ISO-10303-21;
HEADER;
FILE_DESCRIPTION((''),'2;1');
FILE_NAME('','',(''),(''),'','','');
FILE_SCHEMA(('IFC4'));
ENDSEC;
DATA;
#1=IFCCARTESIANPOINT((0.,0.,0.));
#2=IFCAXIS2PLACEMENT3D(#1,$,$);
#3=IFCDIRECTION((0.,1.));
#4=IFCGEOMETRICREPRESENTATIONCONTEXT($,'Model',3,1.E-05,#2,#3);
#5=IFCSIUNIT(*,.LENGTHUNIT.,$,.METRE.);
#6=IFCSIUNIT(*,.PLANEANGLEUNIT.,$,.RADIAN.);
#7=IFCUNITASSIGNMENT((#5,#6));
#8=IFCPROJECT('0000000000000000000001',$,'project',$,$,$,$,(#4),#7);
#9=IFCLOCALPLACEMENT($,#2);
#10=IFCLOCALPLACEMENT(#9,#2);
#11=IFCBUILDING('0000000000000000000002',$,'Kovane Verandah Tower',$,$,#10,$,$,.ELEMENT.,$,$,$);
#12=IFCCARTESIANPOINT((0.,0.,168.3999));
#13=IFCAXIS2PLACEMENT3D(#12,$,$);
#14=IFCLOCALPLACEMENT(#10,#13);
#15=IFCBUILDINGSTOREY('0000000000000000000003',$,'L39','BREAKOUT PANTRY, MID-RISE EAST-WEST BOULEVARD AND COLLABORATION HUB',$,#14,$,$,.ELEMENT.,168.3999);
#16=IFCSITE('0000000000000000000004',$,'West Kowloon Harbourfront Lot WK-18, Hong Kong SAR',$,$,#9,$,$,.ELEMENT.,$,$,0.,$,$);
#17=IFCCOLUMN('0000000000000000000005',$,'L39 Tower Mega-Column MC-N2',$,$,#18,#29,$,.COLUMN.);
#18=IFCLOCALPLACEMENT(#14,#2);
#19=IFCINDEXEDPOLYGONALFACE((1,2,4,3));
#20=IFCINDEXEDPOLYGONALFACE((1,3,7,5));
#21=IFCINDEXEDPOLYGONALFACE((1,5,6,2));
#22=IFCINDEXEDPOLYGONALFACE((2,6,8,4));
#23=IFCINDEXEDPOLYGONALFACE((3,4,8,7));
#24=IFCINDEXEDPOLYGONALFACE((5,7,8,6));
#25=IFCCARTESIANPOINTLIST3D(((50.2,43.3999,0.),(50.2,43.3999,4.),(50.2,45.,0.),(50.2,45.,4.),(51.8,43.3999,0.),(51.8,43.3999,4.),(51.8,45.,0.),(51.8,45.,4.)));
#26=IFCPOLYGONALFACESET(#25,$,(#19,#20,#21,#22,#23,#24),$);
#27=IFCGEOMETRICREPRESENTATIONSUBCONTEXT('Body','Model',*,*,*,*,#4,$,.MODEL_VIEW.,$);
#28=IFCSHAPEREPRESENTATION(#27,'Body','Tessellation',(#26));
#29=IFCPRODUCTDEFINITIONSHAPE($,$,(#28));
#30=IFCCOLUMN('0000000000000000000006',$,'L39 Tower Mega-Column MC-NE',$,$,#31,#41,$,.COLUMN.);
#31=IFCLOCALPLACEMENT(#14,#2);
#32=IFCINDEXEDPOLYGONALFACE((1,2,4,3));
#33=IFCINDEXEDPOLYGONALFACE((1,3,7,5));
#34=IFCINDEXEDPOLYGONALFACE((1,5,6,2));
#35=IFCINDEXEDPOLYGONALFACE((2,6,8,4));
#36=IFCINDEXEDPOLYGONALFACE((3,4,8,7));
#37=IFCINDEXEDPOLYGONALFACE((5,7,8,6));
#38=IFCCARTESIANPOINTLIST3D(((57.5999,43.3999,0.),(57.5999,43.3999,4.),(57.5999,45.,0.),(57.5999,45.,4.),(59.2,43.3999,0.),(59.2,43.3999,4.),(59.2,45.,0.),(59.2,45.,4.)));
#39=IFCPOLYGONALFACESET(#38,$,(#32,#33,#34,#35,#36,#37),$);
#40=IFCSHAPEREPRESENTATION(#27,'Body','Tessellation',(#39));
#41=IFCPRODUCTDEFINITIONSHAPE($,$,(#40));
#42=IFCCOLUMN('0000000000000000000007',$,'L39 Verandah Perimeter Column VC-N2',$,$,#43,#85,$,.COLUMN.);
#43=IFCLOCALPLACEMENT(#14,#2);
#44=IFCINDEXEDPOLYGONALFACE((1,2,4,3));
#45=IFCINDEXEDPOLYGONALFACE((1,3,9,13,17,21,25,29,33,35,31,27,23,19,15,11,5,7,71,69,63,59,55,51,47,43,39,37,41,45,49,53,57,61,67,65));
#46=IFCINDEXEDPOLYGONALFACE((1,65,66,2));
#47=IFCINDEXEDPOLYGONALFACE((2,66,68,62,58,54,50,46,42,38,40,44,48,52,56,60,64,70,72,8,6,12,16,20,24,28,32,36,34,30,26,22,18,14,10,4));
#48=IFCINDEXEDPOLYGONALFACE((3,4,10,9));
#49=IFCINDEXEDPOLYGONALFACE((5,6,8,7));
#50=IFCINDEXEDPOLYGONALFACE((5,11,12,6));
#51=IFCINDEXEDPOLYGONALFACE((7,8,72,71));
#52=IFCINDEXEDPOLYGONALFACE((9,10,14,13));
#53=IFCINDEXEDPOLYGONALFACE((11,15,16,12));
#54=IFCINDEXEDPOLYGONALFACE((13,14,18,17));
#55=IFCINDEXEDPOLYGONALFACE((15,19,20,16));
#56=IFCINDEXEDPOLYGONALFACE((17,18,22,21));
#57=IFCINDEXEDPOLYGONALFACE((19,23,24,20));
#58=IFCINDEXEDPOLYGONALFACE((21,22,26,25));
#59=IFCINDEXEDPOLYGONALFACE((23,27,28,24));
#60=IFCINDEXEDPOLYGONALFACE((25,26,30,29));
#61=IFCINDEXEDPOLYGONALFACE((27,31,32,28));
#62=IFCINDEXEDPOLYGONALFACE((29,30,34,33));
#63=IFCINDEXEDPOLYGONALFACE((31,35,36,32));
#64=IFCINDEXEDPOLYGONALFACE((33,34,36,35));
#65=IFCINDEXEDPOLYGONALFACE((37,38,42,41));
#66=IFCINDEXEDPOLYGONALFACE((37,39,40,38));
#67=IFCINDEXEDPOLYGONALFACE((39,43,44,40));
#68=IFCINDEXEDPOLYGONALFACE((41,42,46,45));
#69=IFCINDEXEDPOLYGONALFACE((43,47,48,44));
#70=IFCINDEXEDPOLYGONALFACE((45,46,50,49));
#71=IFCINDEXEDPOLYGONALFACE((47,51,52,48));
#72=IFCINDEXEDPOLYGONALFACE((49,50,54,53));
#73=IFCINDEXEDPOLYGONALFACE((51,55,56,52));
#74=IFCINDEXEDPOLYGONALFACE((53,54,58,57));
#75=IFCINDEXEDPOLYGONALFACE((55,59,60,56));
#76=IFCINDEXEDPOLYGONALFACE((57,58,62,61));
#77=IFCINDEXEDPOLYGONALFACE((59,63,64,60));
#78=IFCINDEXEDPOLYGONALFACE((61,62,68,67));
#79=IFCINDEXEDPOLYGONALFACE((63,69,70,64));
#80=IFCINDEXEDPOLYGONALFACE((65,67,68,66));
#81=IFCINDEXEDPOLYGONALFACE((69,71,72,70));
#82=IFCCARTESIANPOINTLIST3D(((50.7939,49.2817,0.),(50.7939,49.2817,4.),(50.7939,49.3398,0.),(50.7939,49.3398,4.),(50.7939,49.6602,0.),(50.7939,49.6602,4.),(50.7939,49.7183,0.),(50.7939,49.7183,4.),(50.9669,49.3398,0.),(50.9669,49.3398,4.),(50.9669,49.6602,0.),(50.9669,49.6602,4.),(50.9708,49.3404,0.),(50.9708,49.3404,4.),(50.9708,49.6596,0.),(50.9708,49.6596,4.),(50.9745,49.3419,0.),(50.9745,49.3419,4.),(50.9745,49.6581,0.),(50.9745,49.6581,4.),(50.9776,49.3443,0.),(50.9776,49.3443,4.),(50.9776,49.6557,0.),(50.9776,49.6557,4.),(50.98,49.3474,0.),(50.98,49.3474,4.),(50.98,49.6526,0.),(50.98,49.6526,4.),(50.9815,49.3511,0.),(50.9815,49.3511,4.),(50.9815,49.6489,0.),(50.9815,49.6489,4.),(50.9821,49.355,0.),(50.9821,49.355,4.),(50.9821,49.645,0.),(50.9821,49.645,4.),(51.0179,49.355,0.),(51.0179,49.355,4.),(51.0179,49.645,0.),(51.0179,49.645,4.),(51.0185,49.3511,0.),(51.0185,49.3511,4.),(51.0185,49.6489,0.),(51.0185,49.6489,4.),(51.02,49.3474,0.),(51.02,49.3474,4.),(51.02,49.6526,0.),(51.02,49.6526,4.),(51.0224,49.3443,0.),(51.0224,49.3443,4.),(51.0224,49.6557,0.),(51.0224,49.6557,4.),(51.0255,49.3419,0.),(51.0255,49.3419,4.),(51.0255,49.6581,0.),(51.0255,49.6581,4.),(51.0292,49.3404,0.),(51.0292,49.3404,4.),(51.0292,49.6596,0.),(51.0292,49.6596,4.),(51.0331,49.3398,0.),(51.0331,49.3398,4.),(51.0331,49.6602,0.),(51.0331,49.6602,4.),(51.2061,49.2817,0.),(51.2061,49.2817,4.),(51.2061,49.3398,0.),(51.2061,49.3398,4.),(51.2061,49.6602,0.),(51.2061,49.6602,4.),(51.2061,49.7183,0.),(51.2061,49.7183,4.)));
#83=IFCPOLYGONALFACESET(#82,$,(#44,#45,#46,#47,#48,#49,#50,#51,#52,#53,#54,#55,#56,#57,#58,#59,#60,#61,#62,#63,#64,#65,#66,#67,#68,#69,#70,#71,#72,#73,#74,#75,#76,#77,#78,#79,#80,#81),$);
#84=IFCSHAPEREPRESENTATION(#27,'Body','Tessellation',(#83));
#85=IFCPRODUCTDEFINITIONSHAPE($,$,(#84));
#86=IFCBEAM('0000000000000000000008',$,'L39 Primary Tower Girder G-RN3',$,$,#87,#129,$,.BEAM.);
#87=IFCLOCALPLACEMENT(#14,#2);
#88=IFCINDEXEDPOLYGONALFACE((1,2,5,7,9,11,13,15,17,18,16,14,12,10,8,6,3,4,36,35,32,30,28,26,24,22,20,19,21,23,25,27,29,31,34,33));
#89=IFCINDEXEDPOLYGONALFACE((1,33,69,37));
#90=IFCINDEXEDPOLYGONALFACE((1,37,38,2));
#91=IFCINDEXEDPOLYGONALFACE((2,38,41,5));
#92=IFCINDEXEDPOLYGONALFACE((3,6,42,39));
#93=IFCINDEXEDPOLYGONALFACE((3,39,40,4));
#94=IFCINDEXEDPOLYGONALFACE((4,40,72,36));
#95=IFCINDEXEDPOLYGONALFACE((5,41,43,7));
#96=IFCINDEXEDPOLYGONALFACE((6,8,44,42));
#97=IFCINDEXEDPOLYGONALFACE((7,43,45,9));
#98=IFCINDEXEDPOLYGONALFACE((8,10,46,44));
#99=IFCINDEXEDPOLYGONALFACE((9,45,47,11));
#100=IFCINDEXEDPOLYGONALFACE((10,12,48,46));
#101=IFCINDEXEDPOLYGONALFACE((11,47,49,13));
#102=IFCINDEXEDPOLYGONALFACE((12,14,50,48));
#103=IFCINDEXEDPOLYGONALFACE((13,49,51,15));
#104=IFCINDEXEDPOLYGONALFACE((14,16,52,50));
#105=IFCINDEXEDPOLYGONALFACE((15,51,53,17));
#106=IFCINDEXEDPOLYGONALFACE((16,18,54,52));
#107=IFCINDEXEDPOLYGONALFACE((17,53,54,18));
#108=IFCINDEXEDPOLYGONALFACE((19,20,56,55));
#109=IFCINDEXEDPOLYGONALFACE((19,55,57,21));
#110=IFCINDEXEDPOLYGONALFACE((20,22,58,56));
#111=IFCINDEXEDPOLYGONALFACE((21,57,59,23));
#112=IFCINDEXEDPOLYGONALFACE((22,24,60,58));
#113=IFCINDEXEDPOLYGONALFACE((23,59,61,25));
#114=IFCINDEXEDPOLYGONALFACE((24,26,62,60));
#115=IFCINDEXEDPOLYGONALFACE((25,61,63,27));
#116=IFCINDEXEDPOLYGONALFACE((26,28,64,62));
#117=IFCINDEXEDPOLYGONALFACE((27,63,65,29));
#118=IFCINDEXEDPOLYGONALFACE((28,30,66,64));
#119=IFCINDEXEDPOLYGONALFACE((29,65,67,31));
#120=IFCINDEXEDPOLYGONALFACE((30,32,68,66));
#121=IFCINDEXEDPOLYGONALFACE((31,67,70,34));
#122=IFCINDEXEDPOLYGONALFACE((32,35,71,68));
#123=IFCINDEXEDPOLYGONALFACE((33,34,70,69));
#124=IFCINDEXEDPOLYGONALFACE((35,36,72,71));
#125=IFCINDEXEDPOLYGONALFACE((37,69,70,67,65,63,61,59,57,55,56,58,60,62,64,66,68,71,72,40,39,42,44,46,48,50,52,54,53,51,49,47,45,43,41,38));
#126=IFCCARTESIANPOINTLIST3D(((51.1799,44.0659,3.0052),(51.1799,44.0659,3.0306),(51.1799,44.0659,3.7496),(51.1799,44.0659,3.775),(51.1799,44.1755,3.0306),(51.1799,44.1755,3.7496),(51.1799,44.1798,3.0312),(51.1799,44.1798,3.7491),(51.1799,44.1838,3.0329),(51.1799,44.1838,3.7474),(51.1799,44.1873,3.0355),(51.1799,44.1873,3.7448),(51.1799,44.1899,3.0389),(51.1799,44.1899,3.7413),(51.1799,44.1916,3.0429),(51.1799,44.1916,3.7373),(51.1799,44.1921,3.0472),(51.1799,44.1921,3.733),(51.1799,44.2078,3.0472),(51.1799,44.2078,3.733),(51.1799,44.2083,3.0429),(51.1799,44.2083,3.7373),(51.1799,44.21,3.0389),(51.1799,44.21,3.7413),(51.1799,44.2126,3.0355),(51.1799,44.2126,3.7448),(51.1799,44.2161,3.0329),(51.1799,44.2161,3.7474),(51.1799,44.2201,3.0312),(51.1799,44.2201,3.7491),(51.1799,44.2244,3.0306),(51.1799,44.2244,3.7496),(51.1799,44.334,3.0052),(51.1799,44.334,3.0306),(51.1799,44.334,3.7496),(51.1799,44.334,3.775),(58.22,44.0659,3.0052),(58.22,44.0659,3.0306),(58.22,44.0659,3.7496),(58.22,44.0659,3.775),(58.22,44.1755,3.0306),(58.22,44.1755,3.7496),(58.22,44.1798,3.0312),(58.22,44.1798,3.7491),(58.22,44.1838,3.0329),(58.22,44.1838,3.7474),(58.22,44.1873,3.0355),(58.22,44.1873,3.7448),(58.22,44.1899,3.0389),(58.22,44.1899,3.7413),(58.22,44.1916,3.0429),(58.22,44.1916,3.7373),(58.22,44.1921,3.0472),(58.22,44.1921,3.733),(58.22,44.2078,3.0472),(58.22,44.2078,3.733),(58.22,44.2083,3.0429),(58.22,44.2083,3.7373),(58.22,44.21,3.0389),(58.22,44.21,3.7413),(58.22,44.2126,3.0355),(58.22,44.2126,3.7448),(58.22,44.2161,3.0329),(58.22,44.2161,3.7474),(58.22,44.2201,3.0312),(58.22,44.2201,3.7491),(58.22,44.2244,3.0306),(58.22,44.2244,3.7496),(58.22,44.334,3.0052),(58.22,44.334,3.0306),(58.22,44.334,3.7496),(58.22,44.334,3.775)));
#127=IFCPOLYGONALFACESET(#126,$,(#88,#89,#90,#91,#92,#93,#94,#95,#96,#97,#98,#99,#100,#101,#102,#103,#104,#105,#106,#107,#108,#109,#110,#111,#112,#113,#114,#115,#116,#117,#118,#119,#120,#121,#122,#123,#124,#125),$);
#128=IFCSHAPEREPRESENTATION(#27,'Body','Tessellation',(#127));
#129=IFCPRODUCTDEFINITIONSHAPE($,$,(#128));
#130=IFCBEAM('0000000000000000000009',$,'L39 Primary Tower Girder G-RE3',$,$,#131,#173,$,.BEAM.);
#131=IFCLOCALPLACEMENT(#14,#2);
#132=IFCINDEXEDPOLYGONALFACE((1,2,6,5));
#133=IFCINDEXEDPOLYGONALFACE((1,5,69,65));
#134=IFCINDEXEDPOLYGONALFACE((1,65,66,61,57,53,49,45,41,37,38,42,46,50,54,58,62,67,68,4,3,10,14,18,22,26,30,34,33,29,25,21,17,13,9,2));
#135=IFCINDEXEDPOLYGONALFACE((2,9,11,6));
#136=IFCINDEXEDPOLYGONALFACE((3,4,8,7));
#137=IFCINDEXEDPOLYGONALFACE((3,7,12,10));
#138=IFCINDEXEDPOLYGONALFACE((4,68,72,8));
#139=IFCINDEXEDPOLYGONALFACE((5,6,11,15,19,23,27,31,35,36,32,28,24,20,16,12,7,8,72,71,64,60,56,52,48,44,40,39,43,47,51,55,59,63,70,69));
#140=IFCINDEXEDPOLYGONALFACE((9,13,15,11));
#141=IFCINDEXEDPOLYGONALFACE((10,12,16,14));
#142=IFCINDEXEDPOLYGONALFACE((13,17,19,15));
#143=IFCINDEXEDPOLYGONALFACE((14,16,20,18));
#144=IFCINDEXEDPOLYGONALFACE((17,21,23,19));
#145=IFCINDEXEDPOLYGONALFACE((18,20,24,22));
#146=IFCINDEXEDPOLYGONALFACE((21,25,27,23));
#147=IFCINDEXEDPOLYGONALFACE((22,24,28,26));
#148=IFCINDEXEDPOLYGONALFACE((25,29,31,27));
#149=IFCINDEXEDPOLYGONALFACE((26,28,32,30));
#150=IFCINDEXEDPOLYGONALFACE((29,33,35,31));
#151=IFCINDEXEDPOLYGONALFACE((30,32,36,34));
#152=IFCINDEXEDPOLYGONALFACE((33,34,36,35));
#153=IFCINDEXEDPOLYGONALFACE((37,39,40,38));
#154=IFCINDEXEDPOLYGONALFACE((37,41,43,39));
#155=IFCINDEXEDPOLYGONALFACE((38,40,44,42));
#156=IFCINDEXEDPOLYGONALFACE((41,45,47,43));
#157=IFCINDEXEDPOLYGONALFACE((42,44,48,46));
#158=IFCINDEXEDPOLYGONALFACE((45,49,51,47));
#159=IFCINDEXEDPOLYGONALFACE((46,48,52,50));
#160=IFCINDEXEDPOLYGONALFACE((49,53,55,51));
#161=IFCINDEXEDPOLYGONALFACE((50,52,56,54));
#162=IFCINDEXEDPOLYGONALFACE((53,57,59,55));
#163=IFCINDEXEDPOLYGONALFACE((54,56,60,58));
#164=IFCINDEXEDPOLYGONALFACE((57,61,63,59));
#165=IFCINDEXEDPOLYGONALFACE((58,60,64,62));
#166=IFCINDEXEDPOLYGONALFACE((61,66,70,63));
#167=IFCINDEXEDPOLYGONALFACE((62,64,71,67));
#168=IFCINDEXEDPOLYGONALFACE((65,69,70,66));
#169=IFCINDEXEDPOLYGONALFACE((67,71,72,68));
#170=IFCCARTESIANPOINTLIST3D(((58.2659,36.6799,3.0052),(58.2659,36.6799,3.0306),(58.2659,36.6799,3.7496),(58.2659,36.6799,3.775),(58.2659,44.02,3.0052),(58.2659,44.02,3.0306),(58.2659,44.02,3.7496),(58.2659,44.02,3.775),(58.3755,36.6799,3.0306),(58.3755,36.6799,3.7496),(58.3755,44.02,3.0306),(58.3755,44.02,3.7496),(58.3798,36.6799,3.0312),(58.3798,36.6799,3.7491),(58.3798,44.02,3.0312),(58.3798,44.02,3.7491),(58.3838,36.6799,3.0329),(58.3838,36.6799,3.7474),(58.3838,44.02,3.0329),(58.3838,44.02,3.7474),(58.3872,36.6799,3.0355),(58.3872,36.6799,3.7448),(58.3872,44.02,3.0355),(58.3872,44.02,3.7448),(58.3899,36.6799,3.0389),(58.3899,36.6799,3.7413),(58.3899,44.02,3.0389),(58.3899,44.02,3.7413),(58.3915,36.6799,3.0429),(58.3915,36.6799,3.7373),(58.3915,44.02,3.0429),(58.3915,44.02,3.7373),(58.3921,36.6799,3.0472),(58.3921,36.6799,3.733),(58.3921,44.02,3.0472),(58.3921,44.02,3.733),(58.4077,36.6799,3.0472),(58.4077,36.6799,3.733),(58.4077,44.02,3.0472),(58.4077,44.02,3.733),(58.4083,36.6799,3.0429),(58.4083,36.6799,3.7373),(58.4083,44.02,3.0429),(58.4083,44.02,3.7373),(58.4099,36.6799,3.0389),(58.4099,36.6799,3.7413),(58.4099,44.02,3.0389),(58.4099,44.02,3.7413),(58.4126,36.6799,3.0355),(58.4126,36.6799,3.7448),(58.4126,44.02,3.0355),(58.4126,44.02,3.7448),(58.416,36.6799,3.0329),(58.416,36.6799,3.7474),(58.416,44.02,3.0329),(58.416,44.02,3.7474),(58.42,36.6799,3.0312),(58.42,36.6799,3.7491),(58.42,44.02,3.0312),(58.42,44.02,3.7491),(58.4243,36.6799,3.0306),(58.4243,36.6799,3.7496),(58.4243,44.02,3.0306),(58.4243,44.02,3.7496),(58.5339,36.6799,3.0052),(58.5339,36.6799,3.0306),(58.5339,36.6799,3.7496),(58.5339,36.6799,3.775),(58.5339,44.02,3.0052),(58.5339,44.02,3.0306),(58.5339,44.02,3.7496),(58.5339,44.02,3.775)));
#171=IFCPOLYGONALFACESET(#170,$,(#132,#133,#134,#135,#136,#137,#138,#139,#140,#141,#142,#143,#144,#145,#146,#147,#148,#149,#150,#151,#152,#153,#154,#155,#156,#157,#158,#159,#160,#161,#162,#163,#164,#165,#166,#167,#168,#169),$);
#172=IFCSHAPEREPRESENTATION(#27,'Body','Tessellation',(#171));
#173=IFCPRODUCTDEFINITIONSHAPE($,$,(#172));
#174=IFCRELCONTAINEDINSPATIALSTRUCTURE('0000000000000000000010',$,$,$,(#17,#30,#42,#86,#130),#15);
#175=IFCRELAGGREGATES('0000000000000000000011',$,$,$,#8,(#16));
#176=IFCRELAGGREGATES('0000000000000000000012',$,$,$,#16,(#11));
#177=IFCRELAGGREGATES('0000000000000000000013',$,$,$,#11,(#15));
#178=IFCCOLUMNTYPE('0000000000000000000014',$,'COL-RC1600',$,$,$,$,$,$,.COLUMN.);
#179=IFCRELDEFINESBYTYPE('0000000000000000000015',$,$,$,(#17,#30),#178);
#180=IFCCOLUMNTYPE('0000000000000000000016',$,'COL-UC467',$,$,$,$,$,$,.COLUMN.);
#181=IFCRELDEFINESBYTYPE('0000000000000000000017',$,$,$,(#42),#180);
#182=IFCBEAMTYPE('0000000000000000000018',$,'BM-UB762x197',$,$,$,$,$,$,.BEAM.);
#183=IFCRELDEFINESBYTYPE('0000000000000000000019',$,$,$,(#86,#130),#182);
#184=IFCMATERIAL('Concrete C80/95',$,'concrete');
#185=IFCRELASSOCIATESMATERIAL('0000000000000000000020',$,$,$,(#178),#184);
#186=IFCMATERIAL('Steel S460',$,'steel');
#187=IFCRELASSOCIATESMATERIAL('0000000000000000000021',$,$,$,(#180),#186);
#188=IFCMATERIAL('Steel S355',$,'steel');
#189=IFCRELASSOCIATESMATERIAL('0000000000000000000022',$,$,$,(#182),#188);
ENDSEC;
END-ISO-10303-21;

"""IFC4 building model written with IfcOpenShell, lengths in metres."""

from ifc_helpers import new_model, si_unit, direction, frame, origin, origin_2d, place, context, subcontext, project, spatial, rectangle, i_section, extrude, material, material_profile, profile_set, type_object, element, save


model = new_model("IFC4")

# Units and contexts
model_context = context("Model", 3, precision=1e-05, world=origin(), true_north=direction((0.0, 1.0)))
body_context = subcontext(model_context, "Body", "Model", "MODEL_VIEW")
ifc_project = project(units=[si_unit("LENGTHUNIT", "METRE"), si_unit("PLANEANGLEUNIT", "RADIAN")], contexts=[model_context])

# Site, building, storey
site_placement = place(None, origin())
site = spatial("IfcSite", under=ifc_project, at=site_placement, Name="West Kowloon Harbourfront Lot WK-18, Hong Kong SAR", CompositionType="ELEMENT", RefElevation=0.0)
building_placement = place(site_placement, origin())
building = spatial("IfcBuilding", under=site, at=building_placement, Name="Kovane Verandah Tower", CompositionType="ELEMENT")
storey_placement = place(building_placement, frame((0.0, 0.0, 168.3999)))
storey = spatial("IfcBuildingStorey", under=building, at=storey_placement, Name="L39", Description="BREAKOUT PANTRY, MID-RISE EAST-WEST BOULEVARD AND COLLABORATION HUB", CompositionType="ELEMENT", Elevation=168.3999)

# Columns
ifc_material_1 = material(Name="Concrete C80/95", Category="concrete")
ifc_material_profile_1 = material_profile(ifc_material_1, rectangle(XDim=1.6001, YDim=1.6001, at=origin_2d()), Name="RC1600x1600")
ifc_profile_set_1 = profile_set([ifc_material_profile_1], Name="Concrete C80/95")
column_type_1 = type_object("IfcColumnType", Name="COL-RC1600", PredefinedType="COLUMN", material=ifc_profile_set_1)
for number, where, z_axis, x_axis, name in (
    (1, (51.0, 44.2, 0.0), (0.0, 0.0, 1.0), (1.0, 0.0, 0.0), "L39 Tower Mega-Column MC-N2"),
    (2, (58.3999, 44.2, 0.0), (0.0, 0.0, 1.0), (1.0, 0.0, 0.0), "L39 Tower Mega-Column MC-NE"),
):
    element("IfcColumn", number, at=place(storey_placement, frame(where, z_axis=z_axis, x_axis=x_axis)), inside=storey, type_object=column_type_1, Name=name, PredefinedType="COLUMN", context=body_context, shape_type="SweptSolid", body=[
        extrude(rectangle(XDim=1.6001, YDim=1.6001, at=origin_2d()), origin(), (0.0, 0.0, 1.0), 4.0),
    ])
ifc_material_2 = material(Name="Steel S460", Category="steel")
ifc_material_profile_2 = material_profile(ifc_material_2, i_section(OverallWidth=0.4121, OverallDepth=0.4365, WebThickness=0.0359, FlangeThickness=0.0581, FilletRadius=0.0151, at=origin_2d()), Name="UC356x406x467")
ifc_profile_set_2 = profile_set([ifc_material_profile_2], Name="Steel S460")
column_type_2 = type_object("IfcColumnType", Name="COL-UC467", PredefinedType="COLUMN", material=ifc_profile_set_2)
column_placement = place(storey_placement, frame((51.0, 49.5, 0.0), z_axis=(0.0, 0.0, 1.0), x_axis=(1.0, 0.0, 0.0)))
element("IfcColumn", 3, at=column_placement, inside=storey, type_object=column_type_2, Name="L39 Verandah Perimeter Column VC-N2", PredefinedType="COLUMN", context=body_context, shape_type="SweptSolid", body=[
    extrude(i_section(OverallWidth=0.4121, OverallDepth=0.4365, WebThickness=0.0359, FlangeThickness=0.0581, FilletRadius=0.0151, at=origin_2d()), origin(), (0.0, 0.0, 1.0), 4.0),
])

# Beams
ifc_material_3 = material(Name="Steel S355", Category="steel")
ifc_material_profile_3 = material_profile(ifc_material_3, i_section(OverallWidth=0.2681, OverallDepth=0.7698, WebThickness=0.0156, FlangeThickness=0.0254, FilletRadius=0.0166, at=origin_2d()), Name="UB762x267x197")
ifc_profile_set_3 = profile_set([ifc_material_profile_3], Name="Steel S355")
beam_type_1 = type_object("IfcBeamType", Name="BM-UB762x197", PredefinedType="BEAM", material=ifc_profile_set_3)
beam_1_placement = place(storey_placement, frame((51.1799, 44.2, 3.3901), z_axis=(1.0, 0.0, 0.0), x_axis=(0.0, 1.0, 0.0)))
element("IfcBeam", 4, at=beam_1_placement, inside=storey, type_object=beam_type_1, Name="L39 Primary Tower Girder G-RN3", PredefinedType="BEAM", context=body_context, shape_type="SweptSolid", body=[
    extrude(i_section(OverallWidth=0.2681, OverallDepth=0.7698, WebThickness=0.0156, FlangeThickness=0.0254, FilletRadius=0.0166, at=origin_2d()), origin(), (0.0, 0.0, 1.0), 7.04),
])
for number, where, z_axis, x_axis, name in (
    (5, (58.3999, 36.6799, 3.3901), (0.0, 1.0, 0.0), (-1.0, 0.0, 0.0), "L39 Primary Tower Girder G-RE3"),
):
    element("IfcBeam", number, at=place(storey_placement, frame(where, z_axis=z_axis, x_axis=x_axis)), inside=storey, type_object=beam_type_1, Name=name, PredefinedType="BEAM", context=body_context, shape_type="SweptSolid", body=[
        extrude(i_section(OverallWidth=0.2681, OverallDepth=0.7698, WebThickness=0.0156, FlangeThickness=0.0254, FilletRadius=0.0166, at=origin_2d()), origin(), (0.0, 0.0, 1.0), 7.3401),
    ])

save(model, "model.ifc")
